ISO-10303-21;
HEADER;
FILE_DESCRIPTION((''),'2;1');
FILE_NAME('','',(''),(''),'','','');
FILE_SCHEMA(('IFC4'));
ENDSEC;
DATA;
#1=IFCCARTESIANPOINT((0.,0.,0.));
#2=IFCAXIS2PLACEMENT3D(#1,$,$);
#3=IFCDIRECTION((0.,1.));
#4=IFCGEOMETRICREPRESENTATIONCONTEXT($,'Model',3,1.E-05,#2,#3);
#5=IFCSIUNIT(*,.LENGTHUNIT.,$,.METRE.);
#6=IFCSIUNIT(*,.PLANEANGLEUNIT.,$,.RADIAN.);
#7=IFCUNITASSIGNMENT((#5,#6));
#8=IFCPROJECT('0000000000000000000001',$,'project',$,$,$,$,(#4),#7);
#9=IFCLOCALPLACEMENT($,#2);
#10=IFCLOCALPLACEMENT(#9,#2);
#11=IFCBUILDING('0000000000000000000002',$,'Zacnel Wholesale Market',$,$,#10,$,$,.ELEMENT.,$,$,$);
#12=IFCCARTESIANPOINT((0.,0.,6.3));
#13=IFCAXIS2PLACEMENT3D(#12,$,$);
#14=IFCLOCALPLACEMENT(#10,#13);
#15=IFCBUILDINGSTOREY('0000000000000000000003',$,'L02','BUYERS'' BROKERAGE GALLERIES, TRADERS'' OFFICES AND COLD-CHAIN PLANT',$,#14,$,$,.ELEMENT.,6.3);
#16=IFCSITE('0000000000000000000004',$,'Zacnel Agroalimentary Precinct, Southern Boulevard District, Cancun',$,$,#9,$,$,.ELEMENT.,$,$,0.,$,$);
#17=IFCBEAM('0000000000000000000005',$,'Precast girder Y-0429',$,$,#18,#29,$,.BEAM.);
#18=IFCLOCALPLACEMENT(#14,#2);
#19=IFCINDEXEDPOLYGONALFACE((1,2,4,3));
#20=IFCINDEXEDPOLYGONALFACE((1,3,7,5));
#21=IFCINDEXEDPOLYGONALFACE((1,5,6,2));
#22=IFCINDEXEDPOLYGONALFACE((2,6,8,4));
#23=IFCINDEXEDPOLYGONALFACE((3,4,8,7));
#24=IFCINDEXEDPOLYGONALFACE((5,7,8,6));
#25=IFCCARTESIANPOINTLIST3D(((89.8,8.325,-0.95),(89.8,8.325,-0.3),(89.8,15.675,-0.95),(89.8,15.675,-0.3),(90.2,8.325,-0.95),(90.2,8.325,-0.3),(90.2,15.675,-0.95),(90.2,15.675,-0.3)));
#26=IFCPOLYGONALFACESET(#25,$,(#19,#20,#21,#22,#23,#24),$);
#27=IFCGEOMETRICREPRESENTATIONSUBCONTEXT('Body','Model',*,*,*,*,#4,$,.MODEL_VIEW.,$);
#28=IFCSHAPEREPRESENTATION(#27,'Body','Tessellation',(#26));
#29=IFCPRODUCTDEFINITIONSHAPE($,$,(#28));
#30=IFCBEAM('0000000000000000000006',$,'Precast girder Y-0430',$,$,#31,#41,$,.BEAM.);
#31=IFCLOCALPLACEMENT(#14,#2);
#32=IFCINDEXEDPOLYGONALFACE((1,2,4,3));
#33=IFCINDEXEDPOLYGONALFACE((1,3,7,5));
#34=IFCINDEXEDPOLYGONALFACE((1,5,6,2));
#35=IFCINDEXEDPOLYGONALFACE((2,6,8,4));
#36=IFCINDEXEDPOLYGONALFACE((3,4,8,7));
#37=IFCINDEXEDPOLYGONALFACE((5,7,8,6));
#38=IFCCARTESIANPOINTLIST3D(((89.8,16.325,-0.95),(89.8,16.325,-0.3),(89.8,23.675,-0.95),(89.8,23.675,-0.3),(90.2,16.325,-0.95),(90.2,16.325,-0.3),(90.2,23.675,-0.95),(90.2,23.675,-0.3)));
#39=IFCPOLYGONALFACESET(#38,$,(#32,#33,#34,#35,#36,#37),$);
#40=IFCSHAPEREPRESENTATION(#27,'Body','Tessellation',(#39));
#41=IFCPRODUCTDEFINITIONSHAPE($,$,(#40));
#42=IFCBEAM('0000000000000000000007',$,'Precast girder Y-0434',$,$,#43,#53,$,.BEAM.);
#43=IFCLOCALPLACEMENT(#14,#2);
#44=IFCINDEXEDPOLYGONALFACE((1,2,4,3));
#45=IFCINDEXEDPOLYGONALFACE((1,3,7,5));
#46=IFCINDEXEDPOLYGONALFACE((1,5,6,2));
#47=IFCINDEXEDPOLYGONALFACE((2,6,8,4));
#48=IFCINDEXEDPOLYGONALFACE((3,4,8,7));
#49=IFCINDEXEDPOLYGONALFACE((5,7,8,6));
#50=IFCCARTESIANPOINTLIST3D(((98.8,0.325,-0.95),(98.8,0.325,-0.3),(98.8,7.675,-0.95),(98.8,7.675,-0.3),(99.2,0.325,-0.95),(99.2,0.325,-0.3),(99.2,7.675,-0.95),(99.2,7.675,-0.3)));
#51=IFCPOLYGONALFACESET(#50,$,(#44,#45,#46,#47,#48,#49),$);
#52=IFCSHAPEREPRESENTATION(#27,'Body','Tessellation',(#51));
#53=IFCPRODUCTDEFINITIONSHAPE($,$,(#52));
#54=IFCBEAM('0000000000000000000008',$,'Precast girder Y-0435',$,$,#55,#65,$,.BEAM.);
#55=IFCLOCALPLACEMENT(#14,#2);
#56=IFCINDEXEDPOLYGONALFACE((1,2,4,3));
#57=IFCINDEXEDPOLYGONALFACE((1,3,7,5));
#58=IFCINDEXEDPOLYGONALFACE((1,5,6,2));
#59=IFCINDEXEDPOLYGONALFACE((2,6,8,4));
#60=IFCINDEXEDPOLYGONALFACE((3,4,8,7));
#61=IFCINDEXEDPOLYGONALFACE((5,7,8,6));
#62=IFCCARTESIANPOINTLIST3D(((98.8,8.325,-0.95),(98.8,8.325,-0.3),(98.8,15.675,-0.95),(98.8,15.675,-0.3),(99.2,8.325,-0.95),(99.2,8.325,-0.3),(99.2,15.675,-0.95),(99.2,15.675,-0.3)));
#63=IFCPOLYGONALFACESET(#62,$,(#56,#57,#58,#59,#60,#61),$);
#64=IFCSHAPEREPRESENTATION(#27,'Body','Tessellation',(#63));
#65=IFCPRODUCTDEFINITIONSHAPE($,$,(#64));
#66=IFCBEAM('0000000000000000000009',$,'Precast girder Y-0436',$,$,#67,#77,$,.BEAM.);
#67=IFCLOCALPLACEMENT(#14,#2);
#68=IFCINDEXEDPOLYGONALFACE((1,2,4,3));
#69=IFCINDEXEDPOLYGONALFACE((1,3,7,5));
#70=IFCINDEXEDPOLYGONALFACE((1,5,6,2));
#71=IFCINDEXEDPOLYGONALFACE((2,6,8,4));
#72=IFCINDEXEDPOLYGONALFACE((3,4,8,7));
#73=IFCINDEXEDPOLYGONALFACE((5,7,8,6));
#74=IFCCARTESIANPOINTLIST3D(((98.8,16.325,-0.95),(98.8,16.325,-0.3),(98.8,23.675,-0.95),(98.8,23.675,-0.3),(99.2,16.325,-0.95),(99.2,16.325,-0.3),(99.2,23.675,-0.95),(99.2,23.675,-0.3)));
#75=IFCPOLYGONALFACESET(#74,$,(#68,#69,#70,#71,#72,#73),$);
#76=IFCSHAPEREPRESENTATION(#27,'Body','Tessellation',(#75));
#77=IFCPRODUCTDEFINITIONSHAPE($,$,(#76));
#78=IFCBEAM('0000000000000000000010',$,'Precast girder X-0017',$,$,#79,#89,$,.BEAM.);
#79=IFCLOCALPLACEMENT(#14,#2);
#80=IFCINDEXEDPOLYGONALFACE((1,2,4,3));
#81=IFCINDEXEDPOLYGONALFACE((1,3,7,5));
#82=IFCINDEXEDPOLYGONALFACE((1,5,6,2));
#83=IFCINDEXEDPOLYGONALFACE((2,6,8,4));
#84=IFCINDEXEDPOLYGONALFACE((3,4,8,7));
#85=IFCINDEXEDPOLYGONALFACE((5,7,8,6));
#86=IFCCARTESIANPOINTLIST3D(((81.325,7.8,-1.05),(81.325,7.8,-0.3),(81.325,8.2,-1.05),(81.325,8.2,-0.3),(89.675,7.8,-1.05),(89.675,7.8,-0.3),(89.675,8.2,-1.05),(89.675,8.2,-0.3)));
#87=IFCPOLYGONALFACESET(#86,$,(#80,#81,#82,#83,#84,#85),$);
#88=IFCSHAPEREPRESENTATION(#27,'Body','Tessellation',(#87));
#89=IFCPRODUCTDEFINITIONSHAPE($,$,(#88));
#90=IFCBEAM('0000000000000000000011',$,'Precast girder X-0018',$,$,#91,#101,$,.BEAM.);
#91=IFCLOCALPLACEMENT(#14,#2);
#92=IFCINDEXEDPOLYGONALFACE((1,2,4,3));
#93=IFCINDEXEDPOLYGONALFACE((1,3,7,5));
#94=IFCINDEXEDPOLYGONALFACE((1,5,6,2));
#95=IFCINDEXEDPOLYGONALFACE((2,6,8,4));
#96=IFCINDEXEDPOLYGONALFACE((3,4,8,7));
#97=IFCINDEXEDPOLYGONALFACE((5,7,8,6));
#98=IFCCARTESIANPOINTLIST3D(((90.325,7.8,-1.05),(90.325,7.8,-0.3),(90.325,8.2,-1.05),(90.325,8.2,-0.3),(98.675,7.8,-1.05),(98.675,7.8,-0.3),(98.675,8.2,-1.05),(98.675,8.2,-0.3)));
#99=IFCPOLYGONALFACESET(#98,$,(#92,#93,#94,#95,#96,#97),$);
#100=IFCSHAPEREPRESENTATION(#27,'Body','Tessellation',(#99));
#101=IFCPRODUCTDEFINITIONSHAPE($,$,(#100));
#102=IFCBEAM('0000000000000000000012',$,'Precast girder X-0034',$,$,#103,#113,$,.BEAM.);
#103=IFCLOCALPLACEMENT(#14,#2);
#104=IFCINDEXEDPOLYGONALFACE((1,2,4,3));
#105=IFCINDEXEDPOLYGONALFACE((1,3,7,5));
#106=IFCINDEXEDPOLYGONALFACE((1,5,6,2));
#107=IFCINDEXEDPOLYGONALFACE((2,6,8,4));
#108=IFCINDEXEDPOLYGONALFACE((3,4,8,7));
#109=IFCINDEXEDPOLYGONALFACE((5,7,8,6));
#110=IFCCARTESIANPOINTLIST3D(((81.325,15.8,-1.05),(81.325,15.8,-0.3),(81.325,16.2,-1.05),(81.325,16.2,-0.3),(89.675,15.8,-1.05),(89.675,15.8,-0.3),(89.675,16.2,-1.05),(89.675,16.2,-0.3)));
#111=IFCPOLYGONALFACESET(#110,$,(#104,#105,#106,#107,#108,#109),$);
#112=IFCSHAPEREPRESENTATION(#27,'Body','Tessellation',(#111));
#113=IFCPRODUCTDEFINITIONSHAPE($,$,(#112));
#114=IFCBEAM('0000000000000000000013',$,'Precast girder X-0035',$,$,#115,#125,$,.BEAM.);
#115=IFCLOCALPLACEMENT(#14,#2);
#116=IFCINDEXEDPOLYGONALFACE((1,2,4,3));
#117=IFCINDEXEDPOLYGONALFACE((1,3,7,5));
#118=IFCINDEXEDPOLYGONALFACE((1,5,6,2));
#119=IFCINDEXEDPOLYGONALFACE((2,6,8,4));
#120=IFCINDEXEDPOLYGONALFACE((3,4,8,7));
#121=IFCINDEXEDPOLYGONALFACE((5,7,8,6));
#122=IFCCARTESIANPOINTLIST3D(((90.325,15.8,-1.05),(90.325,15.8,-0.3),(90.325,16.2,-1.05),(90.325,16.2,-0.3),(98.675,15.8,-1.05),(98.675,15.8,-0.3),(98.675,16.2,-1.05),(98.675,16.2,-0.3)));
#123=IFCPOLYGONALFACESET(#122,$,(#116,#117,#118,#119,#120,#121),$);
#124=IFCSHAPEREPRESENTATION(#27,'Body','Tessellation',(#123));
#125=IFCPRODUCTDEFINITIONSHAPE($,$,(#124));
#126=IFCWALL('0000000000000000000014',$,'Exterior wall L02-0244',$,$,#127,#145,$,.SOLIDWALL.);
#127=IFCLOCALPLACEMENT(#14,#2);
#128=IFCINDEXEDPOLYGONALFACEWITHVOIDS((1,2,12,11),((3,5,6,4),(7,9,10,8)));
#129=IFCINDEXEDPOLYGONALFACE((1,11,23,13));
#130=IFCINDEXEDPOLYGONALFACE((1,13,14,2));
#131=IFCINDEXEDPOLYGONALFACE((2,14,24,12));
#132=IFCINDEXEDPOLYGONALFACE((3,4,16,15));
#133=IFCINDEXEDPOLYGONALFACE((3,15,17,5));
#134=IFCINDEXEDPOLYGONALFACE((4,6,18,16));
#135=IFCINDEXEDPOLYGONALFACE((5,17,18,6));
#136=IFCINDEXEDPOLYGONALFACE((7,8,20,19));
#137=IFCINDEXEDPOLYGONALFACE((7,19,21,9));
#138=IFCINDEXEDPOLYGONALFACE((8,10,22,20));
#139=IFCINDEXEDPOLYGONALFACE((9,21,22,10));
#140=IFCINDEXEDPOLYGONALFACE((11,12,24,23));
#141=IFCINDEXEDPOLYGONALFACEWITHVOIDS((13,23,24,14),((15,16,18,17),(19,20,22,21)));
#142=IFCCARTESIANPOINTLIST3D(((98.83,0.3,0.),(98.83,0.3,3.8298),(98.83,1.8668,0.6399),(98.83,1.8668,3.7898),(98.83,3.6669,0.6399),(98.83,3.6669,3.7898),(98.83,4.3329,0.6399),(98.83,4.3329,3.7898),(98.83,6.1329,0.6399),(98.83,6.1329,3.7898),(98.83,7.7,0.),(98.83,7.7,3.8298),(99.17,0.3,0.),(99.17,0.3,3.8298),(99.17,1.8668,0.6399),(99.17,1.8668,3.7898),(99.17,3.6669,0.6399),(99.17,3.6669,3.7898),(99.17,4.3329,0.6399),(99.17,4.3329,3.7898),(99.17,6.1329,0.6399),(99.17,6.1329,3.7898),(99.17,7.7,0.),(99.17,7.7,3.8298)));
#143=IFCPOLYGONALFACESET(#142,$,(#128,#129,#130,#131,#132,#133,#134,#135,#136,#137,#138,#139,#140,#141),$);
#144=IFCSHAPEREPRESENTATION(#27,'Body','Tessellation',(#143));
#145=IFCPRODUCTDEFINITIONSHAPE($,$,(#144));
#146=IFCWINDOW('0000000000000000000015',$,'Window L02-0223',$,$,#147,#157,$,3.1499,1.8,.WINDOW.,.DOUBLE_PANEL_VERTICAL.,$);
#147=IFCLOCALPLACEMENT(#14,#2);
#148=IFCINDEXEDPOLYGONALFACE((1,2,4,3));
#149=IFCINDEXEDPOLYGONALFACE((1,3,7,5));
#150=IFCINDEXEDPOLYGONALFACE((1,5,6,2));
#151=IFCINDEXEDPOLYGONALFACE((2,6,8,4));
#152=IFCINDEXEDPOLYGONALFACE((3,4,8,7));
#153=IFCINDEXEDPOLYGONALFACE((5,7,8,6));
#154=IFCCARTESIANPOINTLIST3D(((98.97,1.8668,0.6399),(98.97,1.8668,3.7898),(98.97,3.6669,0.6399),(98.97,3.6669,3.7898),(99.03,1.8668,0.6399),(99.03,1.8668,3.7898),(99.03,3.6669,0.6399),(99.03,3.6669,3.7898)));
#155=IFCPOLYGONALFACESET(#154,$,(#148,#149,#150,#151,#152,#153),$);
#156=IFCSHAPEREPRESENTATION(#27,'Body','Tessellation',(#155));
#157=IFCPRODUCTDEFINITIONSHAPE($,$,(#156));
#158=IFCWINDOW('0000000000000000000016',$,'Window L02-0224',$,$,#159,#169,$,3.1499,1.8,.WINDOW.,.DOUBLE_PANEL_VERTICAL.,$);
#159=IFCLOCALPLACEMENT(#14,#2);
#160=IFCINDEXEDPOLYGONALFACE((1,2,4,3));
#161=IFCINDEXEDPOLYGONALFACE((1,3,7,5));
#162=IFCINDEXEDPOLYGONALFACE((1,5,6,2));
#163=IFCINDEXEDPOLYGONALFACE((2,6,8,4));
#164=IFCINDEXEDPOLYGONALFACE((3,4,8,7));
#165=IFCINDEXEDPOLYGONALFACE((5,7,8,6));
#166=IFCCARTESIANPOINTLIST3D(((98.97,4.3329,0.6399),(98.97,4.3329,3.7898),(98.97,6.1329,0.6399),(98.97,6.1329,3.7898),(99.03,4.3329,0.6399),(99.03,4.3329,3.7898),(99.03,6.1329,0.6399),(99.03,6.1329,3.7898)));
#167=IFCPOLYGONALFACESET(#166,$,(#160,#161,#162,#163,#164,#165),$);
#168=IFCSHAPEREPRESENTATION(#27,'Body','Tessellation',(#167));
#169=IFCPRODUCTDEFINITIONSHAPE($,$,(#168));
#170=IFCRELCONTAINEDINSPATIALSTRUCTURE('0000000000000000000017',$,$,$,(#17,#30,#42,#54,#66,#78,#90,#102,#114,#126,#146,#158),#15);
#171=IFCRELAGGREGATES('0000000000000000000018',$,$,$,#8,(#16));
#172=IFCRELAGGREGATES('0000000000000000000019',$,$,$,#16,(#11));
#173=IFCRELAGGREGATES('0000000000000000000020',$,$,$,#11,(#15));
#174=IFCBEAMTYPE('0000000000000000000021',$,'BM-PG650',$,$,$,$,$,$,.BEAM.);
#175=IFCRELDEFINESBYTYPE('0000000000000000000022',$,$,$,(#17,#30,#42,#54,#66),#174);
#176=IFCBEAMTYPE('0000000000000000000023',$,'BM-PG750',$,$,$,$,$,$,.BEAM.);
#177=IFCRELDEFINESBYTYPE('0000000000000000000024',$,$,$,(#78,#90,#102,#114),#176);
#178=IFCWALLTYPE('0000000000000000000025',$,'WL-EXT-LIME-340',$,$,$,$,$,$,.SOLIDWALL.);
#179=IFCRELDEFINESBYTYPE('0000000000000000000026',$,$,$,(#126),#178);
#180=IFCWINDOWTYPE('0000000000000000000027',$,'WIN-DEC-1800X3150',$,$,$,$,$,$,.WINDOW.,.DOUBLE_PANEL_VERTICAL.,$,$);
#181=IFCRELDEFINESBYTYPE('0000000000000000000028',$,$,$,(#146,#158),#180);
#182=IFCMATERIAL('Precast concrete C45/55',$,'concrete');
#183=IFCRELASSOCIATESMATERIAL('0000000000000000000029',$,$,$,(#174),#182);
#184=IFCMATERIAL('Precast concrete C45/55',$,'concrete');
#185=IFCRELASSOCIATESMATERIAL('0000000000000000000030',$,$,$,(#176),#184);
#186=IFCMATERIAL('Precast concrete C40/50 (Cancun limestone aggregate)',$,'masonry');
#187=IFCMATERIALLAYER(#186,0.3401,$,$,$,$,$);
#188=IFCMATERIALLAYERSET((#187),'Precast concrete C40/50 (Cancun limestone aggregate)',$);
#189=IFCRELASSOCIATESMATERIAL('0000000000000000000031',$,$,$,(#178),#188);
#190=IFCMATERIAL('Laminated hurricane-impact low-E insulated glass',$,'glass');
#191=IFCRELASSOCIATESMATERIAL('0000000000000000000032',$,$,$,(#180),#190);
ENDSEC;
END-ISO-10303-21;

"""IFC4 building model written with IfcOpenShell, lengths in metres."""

from ifc_helpers import new_model, si_unit, direction, frame, frame_2d, origin, origin_2d, place, context, subcontext, project, spatial, rectangle, extrude, material, layer, layer_set, material_profile, profile_set, type_object, element, fill, save


model = new_model("IFC4")

# Units and contexts
model_context = context("Model", 3, precision=1e-05, world=origin(), true_north=direction((0.0, 1.0)))
body_context = subcontext(model_context, "Body", "Model", "MODEL_VIEW")
ifc_project = project(units=[si_unit("LENGTHUNIT", "METRE"), si_unit("PLANEANGLEUNIT", "RADIAN")], contexts=[model_context])

# Site, building, storey
site_placement = place(None, origin())
site = spatial("IfcSite", under=ifc_project, at=site_placement, Name="Zacnel Agroalimentary Precinct, Southern Boulevard District, Cancun", CompositionType="ELEMENT", RefElevation=0.0)
building_placement = place(site_placement, origin())
building = spatial("IfcBuilding", under=site, at=building_placement, Name="Zacnel Wholesale Market", CompositionType="ELEMENT")
storey_placement = place(building_placement, frame((0.0, 0.0, 6.3)))
storey = spatial("IfcBuildingStorey", under=building, at=storey_placement, Name="L02", Description="BUYERS' BROKERAGE GALLERIES, TRADERS' OFFICES AND COLD-CHAIN PLANT", CompositionType="ELEMENT", Elevation=6.3)

# Beams
ifc_material_1 = material(Name="Precast concrete C45/55", Category="concrete")
ifc_material_profile_1 = material_profile(ifc_material_1, rectangle(XDim=0.3999, YDim=0.6499, at=origin_2d()), Name="PG 400x650")
ifc_profile_set_1 = profile_set([ifc_material_profile_1], Name="Precast concrete C45/55")
beam_type_1 = type_object("IfcBeamType", Name="BM-PG650", PredefinedType="BEAM", material=ifc_profile_set_1)
for number, where, z_axis, x_axis, name in (
    (1, (90.0, 8.325, -0.625), (0.0, 1.0, 0.0), (-1.0, 0.0, 0.0), "Precast girder Y-0429"),
    (2, (90.0, 16.325, -0.625), (0.0, 1.0, 0.0), (-1.0, 0.0, 0.0), "Precast girder Y-0430"),
    (3, (99.0, 0.325, -0.625), (0.0, 1.0, 0.0), (-1.0, 0.0, 0.0), "Precast girder Y-0434"),
    (4, (99.0, 8.325, -0.625), (0.0, 1.0, 0.0), (-1.0, 0.0, 0.0), "Precast girder Y-0435"),
    (5, (99.0, 16.325, -0.625), (0.0, 1.0, 0.0), (-1.0, 0.0, 0.0), "Precast girder Y-0436"),
):
    element("IfcBeam", number, at=place(storey_placement, frame(where, z_axis=z_axis, x_axis=x_axis)), inside=storey, type_object=beam_type_1, Name=name, PredefinedType="BEAM", context=body_context, shape_type="SweptSolid", body=[
        extrude(rectangle(XDim=0.3999, YDim=0.6499, at=origin_2d()), origin(), (0.0, 0.0, 1.0), 7.3501),
    ])
ifc_material_2 = material(Name="Precast concrete C45/55", Category="concrete")
ifc_material_profile_2 = material_profile(ifc_material_2, rectangle(XDim=0.3999, YDim=0.75, at=origin_2d()), Name="PG 400x750")
ifc_profile_set_2 = profile_set([ifc_material_profile_2], Name="Precast concrete C45/55")
beam_type_2 = type_object("IfcBeamType", Name="BM-PG750", PredefinedType="BEAM", material=ifc_profile_set_2)
for number, where, z_axis, x_axis, name in (
    (6, (81.325, 8.0, -0.675), (1.0, 0.0, 0.0), (0.0, 1.0, 0.0), "Precast girder X-0017"),
    (7, (90.325, 8.0, -0.675), (1.0, 0.0, 0.0), (0.0, 1.0, 0.0), "Precast girder X-0018"),
    (8, (81.325, 16.0, -0.675), (1.0, 0.0, 0.0), (0.0, 1.0, 0.0), "Precast girder X-0034"),
    (9, (90.325, 16.0, -0.675), (1.0, 0.0, 0.0), (0.0, 1.0, 0.0), "Precast girder X-0035"),
):
    element("IfcBeam", number, at=place(storey_placement, frame(where, z_axis=z_axis, x_axis=x_axis)), inside=storey, type_object=beam_type_2, Name=name, PredefinedType="BEAM", context=body_context, shape_type="SweptSolid", body=[
        extrude(rectangle(XDim=0.3999, YDim=0.75, at=origin_2d()), origin(), (0.0, 0.0, 1.0), 8.3501),
    ])

# Wall, openings, windows
ifc_material_3 = material(Name="Precast concrete C40/50 (Cancun limestone aggregate)", Category="masonry")
ifc_layer_1 = layer(ifc_material_3, 0.3401)
ifc_layer_set_1 = layer_set([ifc_layer_1], Name="Precast concrete C40/50 (Cancun limestone aggregate)")
wall_type_1 = type_object("IfcWallType", Name="WL-EXT-LIME-340", PredefinedType="SOLIDWALL", material=ifc_layer_set_1)
wall_1_placement = place(storey_placement, frame((99.0, 0.3, 0.0), z_axis=(0.0, 0.0, 1.0), x_axis=(0.0, 1.0, 0.0)))
wall_1 = element("IfcWall", 10, at=wall_1_placement, inside=storey, type_object=wall_type_1, Name="Exterior wall L02-0244", PredefinedType="SOLIDWALL", context=body_context, shape_type="SweptSolid", body=[
    extrude(rectangle(XDim=7.3999, YDim=0.3401, at=frame_2d((3.7, 0.0))), origin(), (0.0, 0.0, 1.0), 3.8298),
])
opening_1_placement = place(wall_1_placement, frame((1.5669, 0.0, 0.6399)))
opening_1 = element("IfcOpeningElement", 11, at=opening_1_placement, cuts=wall_1, PredefinedType="OPENING", context=body_context, shape_type="SweptSolid", body=[
    extrude(rectangle(XDim=1.8, YDim=3.1499, at=frame_2d((0.8999, 1.575))), frame((0.0, 0.1799, 0.0), z_axis=(0.0, -1.0, 0.0), x_axis=(1.0, 0.0, 0.0)), (0.0, 0.0, 1.0), 0.3601),
])
opening_2_placement = place(wall_1_placement, frame((4.033, 0.0, 0.6399)))
opening_2 = element("IfcOpeningElement", 12, at=opening_2_placement, cuts=wall_1, PredefinedType="OPENING", context=body_context, shape_type="SweptSolid", body=[
    extrude(rectangle(XDim=1.8, YDim=3.1499, at=frame_2d((0.8999, 1.575))), frame((0.0, 0.1799, 0.0), z_axis=(0.0, -1.0, 0.0), x_axis=(1.0, 0.0, 0.0)), (0.0, 0.0, 1.0), 0.3601),
])
ifc_material_4 = material(Name="Laminated hurricane-impact low-E insulated glass", Category="glass")
window_type = type_object("IfcWindowType", Name="WIN-DEC-1800X3150", PartitioningType="DOUBLE_PANEL_VERTICAL", PredefinedType="WINDOW", material=ifc_material_4)
window_1_placement = place(opening_1_placement, origin())
window_1 = element("IfcWindow", 13, at=window_1_placement, inside=storey, type_object=window_type, Name="Window L02-0223", OverallHeight=3.1499, OverallWidth=1.8, PartitioningType="DOUBLE_PANEL_VERTICAL", PredefinedType="WINDOW", context=body_context, shape_type="SweptSolid", body=[
    extrude(rectangle(XDim=1.8, YDim=3.1499, at=frame_2d((0.8999, 1.575))), frame((0.0, 0.03, 0.0), z_axis=(0.0, -1.0, 0.0), x_axis=(1.0, 0.0, 0.0)), (0.0, 0.0, 1.0), 0.0601),
])
fill(opening_1, window_1)
window_2_placement = place(opening_2_placement, origin())
window_2 = element("IfcWindow", 14, at=window_2_placement, inside=storey, type_object=window_type, Name="Window L02-0224", OverallHeight=3.1499, OverallWidth=1.8, PartitioningType="DOUBLE_PANEL_VERTICAL", PredefinedType="WINDOW", context=body_context, shape_type="SweptSolid", body=[
    extrude(rectangle(XDim=1.8, YDim=3.1499, at=frame_2d((0.8999, 1.575))), frame((0.0, 0.03, 0.0), z_axis=(0.0, -1.0, 0.0), x_axis=(1.0, 0.0, 0.0)), (0.0, 0.0, 1.0), 0.0601),
])
fill(opening_2, window_2)

save(model, "model.ifc")
